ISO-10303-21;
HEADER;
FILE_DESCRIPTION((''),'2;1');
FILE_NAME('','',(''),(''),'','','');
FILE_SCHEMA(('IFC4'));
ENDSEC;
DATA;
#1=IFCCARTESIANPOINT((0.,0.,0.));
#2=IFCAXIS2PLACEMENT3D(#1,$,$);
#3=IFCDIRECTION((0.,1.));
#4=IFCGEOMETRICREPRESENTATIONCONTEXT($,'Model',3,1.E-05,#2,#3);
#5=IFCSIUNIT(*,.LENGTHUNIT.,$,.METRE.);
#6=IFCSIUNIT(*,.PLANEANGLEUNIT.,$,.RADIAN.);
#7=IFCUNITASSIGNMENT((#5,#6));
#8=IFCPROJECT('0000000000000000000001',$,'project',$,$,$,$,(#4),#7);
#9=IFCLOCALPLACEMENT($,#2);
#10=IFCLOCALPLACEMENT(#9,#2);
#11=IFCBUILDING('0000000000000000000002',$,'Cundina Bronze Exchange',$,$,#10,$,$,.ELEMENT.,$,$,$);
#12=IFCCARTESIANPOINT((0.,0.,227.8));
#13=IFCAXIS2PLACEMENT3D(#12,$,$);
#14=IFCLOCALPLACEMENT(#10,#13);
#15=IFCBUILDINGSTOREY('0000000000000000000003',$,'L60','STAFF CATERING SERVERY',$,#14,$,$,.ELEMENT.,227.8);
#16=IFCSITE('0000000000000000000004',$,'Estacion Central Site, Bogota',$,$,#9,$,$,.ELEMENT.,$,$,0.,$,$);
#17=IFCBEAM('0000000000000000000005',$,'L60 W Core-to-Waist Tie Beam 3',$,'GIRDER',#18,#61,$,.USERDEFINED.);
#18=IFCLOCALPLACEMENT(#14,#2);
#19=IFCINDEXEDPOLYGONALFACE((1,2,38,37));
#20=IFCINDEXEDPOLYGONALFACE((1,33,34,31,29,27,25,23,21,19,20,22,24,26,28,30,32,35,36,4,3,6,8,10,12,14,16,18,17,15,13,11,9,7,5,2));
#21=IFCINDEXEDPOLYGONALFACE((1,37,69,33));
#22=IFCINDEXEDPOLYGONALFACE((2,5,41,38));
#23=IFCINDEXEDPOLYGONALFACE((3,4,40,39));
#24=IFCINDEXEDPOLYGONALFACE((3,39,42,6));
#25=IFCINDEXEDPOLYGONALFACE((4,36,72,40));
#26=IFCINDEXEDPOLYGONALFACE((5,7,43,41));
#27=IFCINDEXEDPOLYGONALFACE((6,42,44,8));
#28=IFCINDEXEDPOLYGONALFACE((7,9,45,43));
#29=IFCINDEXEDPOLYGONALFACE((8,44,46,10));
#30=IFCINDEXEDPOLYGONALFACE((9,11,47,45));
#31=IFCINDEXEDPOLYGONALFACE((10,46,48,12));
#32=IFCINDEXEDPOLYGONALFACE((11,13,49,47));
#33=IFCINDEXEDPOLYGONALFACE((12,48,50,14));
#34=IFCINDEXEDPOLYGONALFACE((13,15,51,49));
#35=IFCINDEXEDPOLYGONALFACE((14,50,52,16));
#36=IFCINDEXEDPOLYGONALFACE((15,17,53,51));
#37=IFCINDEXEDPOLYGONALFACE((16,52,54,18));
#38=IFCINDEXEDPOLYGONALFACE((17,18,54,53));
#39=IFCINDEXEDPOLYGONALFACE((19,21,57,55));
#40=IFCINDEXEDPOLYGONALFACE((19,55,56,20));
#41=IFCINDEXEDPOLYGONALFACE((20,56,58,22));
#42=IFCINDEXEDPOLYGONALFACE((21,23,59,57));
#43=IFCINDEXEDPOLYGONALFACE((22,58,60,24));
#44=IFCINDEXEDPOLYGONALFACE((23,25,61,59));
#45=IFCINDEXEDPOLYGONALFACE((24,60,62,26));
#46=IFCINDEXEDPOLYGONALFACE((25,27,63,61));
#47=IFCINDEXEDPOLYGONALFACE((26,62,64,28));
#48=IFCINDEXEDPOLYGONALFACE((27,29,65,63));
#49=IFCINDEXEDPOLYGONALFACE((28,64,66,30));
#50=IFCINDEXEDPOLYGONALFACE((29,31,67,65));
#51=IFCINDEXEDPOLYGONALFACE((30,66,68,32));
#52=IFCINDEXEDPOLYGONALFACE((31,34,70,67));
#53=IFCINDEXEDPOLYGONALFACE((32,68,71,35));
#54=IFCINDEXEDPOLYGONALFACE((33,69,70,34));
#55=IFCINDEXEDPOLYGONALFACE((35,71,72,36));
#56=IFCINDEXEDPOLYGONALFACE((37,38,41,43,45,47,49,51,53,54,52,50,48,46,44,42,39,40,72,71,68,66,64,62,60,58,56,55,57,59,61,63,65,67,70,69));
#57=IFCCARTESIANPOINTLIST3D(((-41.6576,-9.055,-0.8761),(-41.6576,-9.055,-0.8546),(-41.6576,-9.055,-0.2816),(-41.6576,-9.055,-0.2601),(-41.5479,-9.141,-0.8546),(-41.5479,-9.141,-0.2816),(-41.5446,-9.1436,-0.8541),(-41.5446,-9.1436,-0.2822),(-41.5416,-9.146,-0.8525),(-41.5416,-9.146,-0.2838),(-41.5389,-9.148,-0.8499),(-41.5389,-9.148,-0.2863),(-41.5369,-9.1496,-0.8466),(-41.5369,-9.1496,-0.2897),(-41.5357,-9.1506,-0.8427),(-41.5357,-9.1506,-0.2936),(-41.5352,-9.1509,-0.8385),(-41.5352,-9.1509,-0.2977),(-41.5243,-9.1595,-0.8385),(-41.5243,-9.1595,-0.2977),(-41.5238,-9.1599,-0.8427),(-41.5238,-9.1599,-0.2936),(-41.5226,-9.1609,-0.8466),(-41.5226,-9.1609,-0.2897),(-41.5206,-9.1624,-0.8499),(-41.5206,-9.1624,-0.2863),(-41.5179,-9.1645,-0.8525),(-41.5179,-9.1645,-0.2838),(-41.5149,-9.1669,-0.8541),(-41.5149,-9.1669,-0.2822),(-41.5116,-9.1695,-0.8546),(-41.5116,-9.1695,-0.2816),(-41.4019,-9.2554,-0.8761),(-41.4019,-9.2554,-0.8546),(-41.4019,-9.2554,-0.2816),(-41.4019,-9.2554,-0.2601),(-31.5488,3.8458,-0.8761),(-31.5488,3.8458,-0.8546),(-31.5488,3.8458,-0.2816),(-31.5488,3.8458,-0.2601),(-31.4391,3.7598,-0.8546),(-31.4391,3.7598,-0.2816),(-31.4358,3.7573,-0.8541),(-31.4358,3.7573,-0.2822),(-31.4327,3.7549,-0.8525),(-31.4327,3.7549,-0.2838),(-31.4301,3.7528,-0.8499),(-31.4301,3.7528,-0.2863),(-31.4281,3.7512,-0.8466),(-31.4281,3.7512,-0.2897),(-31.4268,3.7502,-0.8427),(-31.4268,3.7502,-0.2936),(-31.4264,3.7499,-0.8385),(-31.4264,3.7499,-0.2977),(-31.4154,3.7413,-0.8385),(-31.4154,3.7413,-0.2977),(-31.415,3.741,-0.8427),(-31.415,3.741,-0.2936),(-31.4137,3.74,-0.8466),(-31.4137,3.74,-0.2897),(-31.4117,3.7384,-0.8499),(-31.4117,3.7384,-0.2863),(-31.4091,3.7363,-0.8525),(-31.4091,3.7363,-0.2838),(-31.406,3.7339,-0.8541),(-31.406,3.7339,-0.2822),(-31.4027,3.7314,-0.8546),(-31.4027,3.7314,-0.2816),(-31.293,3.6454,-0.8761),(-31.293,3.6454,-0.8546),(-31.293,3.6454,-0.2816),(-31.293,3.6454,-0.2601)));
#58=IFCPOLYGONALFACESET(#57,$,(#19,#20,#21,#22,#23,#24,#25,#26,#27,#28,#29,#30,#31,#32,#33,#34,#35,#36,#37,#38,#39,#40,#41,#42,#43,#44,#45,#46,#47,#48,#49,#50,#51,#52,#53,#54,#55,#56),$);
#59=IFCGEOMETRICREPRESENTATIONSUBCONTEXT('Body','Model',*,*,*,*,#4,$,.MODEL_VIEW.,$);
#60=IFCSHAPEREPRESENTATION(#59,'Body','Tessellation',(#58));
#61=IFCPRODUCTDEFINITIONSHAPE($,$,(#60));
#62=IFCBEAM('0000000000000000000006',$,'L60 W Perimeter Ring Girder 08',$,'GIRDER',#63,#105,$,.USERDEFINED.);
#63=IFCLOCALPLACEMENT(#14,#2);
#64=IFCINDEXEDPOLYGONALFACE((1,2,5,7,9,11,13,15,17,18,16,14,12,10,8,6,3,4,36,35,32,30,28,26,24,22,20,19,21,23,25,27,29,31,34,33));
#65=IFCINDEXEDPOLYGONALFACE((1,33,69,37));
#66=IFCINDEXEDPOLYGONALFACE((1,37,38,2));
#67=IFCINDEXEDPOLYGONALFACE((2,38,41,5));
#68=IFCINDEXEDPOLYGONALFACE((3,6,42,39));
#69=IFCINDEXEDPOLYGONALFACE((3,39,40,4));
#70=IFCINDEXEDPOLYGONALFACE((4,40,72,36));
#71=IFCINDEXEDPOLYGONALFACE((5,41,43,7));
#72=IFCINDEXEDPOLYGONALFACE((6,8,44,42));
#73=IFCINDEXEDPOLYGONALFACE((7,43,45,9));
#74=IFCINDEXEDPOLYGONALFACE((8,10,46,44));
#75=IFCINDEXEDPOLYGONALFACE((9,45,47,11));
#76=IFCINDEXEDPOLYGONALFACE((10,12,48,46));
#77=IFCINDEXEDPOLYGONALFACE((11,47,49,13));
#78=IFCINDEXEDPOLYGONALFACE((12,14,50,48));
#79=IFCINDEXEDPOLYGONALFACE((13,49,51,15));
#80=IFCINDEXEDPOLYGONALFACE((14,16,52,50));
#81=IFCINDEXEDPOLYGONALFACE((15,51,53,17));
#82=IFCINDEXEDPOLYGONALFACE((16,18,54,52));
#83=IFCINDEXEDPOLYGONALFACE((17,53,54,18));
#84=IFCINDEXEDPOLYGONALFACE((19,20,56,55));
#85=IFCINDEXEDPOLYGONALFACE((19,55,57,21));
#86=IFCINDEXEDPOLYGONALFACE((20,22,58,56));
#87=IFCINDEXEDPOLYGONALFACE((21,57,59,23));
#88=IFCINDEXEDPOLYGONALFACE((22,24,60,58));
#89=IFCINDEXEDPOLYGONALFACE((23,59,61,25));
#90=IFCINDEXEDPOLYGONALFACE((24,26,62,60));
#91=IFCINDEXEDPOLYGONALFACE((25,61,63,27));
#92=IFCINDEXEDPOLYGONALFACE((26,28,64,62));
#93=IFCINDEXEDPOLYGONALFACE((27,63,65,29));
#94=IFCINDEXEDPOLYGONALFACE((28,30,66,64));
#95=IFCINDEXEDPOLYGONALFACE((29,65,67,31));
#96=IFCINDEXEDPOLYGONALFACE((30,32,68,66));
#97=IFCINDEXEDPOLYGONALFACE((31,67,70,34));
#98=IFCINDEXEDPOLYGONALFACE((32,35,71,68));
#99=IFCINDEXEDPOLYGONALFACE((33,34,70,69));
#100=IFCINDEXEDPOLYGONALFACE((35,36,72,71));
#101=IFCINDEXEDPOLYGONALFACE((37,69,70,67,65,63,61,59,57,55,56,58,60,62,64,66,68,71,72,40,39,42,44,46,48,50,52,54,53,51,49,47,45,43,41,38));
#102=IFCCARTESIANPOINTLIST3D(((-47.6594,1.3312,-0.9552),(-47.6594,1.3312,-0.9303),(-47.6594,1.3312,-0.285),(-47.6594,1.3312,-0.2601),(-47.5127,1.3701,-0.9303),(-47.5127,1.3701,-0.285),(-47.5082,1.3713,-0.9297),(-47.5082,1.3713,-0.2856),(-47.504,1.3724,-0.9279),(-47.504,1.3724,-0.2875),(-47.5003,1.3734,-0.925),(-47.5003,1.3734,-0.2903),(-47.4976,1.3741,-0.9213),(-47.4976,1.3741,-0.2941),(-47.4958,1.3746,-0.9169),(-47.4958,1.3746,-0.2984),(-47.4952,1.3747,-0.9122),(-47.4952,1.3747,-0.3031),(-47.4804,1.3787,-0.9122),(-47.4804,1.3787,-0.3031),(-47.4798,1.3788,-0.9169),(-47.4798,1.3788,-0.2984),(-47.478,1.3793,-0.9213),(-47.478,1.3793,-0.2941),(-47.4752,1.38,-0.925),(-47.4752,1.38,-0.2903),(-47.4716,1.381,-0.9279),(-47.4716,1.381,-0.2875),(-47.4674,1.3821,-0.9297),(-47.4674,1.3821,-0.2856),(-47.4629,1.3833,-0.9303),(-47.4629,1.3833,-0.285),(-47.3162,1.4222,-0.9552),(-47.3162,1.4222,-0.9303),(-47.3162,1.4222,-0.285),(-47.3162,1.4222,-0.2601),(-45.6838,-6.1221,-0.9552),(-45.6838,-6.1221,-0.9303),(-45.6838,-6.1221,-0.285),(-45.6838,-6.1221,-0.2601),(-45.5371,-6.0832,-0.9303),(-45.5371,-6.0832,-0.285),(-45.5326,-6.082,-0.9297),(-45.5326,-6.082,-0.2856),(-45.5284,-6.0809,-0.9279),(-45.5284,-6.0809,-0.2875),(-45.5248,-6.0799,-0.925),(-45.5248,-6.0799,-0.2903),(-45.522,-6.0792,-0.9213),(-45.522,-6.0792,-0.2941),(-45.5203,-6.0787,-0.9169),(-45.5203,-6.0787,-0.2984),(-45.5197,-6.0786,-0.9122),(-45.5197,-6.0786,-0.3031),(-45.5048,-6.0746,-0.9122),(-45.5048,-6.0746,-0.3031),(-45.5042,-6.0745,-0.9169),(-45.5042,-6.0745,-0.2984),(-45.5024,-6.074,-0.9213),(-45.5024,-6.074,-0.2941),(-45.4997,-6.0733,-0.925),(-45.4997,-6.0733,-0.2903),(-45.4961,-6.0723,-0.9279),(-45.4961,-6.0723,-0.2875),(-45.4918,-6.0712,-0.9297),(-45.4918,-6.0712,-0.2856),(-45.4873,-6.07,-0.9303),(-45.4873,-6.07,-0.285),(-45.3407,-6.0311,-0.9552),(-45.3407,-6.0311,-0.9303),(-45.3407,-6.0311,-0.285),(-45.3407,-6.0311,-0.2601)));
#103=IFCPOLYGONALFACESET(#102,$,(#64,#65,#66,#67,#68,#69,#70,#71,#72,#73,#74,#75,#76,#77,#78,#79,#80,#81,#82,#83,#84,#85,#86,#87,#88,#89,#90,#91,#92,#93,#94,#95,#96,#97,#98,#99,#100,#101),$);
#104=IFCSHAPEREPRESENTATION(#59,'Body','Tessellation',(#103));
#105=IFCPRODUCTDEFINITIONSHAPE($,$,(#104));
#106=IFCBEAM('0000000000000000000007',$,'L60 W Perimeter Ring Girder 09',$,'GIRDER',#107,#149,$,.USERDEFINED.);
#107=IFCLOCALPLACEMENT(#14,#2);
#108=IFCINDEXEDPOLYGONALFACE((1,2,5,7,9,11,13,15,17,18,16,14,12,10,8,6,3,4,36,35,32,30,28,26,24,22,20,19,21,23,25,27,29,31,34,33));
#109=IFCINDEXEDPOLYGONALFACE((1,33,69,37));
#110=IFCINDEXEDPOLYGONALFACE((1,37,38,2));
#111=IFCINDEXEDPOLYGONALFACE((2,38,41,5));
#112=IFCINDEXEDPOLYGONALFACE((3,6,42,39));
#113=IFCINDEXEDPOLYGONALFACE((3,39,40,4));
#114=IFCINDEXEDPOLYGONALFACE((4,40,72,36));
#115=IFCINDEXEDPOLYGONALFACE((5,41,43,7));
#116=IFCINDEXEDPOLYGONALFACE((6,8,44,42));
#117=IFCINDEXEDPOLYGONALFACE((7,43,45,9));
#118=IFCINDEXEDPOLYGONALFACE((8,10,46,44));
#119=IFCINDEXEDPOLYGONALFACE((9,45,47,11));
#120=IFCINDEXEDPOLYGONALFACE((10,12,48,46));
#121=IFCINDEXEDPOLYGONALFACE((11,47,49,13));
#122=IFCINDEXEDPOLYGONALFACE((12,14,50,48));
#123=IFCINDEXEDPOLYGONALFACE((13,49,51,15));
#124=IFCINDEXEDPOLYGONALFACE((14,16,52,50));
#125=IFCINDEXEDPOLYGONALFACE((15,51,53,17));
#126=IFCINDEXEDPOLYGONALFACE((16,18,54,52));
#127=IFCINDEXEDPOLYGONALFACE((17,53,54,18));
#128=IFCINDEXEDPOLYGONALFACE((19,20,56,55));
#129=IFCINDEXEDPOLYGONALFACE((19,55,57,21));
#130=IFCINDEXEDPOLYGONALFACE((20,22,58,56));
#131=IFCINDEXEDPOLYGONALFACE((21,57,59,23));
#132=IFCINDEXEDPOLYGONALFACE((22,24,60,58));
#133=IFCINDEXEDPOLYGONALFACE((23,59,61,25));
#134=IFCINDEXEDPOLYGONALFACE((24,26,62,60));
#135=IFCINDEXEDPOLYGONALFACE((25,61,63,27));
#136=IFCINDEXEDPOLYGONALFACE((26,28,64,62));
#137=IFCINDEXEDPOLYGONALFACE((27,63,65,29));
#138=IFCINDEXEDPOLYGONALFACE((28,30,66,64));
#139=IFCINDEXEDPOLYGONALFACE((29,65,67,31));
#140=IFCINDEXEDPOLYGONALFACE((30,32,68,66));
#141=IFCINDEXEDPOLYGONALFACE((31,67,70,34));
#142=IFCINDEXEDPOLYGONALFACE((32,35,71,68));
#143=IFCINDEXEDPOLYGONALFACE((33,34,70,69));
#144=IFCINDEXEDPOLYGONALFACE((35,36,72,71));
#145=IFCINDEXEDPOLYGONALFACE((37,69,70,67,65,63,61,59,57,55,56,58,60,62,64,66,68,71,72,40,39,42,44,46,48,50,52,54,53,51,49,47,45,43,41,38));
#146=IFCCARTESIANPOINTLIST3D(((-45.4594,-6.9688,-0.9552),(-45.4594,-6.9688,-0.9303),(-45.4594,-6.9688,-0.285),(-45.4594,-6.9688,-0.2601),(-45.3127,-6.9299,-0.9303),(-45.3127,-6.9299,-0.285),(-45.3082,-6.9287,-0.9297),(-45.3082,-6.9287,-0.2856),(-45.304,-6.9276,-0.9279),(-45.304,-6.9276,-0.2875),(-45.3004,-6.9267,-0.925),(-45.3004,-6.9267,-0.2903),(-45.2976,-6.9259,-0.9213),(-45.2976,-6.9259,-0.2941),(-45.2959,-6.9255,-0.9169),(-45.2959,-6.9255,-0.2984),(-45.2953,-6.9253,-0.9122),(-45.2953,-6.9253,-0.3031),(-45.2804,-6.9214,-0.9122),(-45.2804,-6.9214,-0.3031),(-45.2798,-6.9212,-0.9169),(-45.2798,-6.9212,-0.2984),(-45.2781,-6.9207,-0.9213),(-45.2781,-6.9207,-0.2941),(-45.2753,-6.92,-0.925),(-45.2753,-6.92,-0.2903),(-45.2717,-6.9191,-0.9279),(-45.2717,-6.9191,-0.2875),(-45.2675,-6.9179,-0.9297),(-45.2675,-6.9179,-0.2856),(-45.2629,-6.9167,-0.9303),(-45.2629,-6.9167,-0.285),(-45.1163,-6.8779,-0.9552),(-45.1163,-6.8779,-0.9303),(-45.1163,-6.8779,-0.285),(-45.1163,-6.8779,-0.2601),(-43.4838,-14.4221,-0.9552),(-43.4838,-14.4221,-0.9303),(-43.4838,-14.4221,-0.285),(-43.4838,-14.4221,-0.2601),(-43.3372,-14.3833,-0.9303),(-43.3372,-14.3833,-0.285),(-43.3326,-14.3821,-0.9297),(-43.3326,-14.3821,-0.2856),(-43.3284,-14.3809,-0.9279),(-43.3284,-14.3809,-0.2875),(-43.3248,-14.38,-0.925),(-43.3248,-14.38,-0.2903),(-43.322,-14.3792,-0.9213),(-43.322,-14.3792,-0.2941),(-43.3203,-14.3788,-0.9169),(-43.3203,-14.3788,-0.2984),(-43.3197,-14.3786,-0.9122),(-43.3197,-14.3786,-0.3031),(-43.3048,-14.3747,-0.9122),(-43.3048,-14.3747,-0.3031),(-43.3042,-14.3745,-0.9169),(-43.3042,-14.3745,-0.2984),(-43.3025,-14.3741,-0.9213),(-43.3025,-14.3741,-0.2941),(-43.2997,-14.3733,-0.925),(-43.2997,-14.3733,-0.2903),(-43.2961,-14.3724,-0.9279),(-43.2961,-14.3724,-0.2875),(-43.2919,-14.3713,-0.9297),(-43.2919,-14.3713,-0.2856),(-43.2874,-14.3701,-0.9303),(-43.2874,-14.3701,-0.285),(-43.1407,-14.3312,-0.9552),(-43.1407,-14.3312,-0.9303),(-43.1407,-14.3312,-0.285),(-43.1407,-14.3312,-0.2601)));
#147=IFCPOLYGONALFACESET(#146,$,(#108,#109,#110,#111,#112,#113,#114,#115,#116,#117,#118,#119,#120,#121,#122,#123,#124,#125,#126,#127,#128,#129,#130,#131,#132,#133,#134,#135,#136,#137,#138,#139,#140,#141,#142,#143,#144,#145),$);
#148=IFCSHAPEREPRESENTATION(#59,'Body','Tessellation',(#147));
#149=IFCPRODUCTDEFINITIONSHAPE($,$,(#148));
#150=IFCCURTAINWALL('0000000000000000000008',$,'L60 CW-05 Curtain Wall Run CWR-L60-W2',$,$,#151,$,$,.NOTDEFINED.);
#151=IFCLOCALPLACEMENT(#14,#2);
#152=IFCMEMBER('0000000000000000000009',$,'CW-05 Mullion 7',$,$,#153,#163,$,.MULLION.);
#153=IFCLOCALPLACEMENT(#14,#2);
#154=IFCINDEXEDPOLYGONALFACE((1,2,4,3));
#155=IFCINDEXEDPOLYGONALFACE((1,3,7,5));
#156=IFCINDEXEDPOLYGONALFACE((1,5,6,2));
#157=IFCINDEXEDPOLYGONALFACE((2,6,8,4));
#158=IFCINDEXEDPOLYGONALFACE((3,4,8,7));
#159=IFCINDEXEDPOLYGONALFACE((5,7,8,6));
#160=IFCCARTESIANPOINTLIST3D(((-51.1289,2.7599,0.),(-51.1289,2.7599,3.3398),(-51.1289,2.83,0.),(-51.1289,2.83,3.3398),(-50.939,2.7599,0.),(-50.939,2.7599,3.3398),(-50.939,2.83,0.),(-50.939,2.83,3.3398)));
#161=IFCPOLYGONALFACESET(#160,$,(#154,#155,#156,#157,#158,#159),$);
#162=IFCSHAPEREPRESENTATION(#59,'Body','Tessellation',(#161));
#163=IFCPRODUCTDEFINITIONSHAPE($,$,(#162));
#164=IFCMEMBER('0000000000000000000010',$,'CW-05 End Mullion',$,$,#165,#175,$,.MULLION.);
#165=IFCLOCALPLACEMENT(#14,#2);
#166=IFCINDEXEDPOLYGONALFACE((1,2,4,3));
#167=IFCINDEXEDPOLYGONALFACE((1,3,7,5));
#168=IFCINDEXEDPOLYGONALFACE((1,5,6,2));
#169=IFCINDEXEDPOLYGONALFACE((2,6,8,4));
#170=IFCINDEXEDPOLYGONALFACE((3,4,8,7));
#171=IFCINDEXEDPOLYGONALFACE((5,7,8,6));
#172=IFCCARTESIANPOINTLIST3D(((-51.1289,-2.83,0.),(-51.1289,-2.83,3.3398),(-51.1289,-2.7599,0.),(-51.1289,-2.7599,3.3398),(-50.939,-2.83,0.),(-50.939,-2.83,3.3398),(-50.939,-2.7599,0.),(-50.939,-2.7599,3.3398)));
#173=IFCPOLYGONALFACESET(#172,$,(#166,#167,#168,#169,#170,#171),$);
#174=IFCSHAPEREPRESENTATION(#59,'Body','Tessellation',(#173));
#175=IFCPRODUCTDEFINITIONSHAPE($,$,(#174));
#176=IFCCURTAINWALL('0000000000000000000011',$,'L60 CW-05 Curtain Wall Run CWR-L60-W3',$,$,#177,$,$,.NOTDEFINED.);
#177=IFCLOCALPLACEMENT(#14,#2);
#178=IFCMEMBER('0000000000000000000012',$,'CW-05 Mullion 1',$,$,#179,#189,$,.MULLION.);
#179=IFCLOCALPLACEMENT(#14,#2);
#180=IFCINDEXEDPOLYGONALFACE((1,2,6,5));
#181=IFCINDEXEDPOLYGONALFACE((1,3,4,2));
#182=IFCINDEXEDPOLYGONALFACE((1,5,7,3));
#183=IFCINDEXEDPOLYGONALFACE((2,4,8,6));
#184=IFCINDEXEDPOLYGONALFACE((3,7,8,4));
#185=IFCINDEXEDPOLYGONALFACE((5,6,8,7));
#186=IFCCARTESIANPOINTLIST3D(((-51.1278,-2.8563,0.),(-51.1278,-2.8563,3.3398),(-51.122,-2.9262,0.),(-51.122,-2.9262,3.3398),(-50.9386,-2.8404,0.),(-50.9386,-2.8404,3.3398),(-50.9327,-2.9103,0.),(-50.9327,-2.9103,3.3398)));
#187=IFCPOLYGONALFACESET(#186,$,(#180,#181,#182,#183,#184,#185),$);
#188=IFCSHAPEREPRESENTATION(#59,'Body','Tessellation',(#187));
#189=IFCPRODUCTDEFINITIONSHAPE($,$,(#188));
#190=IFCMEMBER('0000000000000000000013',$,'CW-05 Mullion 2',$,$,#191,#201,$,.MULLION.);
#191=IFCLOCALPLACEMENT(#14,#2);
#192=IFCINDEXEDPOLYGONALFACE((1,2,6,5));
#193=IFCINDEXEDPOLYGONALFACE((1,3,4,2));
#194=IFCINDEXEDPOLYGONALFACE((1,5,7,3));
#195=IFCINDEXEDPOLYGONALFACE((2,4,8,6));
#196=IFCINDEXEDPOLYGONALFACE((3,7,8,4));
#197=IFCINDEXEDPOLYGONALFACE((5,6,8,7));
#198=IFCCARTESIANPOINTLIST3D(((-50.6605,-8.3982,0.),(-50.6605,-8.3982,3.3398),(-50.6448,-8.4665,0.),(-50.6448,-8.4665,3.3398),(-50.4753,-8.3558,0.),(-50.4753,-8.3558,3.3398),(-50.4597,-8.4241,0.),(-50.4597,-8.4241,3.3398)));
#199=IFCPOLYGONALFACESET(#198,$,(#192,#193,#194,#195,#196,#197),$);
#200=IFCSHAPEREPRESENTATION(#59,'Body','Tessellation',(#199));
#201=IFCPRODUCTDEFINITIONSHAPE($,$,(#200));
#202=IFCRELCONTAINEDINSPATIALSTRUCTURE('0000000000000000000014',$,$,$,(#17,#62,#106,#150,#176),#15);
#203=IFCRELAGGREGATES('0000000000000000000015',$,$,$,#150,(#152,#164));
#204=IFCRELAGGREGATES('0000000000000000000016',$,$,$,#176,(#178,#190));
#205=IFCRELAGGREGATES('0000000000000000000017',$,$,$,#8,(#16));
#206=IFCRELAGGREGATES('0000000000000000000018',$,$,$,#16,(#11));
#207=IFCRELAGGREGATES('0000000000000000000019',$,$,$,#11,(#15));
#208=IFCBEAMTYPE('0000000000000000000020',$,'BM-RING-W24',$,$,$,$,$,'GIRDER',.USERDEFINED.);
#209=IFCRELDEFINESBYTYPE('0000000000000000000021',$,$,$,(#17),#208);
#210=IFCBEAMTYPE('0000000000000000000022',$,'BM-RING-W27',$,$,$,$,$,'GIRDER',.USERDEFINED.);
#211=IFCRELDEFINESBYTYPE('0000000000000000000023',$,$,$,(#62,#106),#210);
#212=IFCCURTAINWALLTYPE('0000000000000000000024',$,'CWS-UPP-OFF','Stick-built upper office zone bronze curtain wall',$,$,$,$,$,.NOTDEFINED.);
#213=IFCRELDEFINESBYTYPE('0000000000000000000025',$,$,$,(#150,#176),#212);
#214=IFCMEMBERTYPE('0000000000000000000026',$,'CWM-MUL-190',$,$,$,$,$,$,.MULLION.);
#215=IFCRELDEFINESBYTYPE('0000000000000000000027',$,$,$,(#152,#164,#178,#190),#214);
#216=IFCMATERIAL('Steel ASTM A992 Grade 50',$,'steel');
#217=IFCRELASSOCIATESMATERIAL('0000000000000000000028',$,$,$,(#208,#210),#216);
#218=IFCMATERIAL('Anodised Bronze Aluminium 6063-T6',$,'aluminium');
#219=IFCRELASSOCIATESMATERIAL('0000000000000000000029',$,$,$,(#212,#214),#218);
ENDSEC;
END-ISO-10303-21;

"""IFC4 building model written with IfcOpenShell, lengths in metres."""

from ifc_helpers import new_model, si_unit, direction, frame, origin, origin_2d, place, context, subcontext, project, spatial, rectangle, i_section, extrude, material, material_profile, profile_set, type_object, element, aggregate, save


model = new_model("IFC4")

# Units and contexts
model_context = context("Model", 3, precision=1e-05, world=origin(), true_north=direction((0.0, 1.0)))
body_context = subcontext(model_context, "Body", "Model", "MODEL_VIEW")
ifc_project = project(units=[si_unit("LENGTHUNIT", "METRE"), si_unit("PLANEANGLEUNIT", "RADIAN")], contexts=[model_context])

# Site, building, storey
site_placement = place(None, origin())
site = spatial("IfcSite", under=ifc_project, at=site_placement, Name="Estacion Central Site, Bogota", CompositionType="ELEMENT", RefElevation=0.0)
building_placement = place(site_placement, origin())
building = spatial("IfcBuilding", under=site, at=building_placement, Name="Cundina Bronze Exchange", CompositionType="ELEMENT")
storey_placement = place(building_placement, frame((0.0, 0.0, 227.8)))
storey = spatial("IfcBuildingStorey", under=building, at=storey_placement, Name="L60", Description="STAFF CATERING SERVERY", CompositionType="ELEMENT", Elevation=227.8)

# Beams
ifc_material_1 = material(Name="Steel ASTM A992 Grade 50", Category="steel")
ifc_material_profile_1 = material_profile(ifc_material_1, i_section(OverallWidth=0.325, OverallDepth=0.616, WebThickness=0.0139, FlangeThickness=0.0215, FilletRadius=0.0161, at=origin_2d()), Name="W24X117", Category="steel")
ifc_profile_set_1 = profile_set([ifc_material_profile_1], Name="Steel ASTM A992 Grade 50")
beam_type_1 = type_object("IfcBeamType", Name="BM-RING-W24", ElementType="GIRDER", PredefinedType="USERDEFINED", material=ifc_profile_set_1)
beam_1_placement = place(storey_placement, frame((-31.4209, 3.7456, -0.5681), z_axis=(-0.616783, -0.787133, 0.0), x_axis=(0.787133, -0.616783, 0.0)))
element("IfcBeam", 1, at=beam_1_placement, inside=storey, type_object=beam_type_1, Name="L60 W Core-to-Waist Tie Beam 3", ObjectType="GIRDER", PredefinedType="USERDEFINED", context=body_context, shape_type="SweptSolid", body=[
    extrude(i_section(OverallWidth=0.325, OverallDepth=0.616, WebThickness=0.0139, FlangeThickness=0.0215, FilletRadius=0.0161, at=origin_2d()), origin(), (0.0, 0.0, 1.0), 16.3896),
])
ifc_material_profile_2 = material_profile(ifc_material_1, i_section(OverallWidth=0.355, OverallDepth=0.6951, WebThickness=0.0154, FlangeThickness=0.0249, FilletRadius=0.0181, at=origin_2d()), Name="W27X146", Category="steel")
ifc_profile_set_2 = profile_set([ifc_material_profile_2], Name="Steel ASTM A992 Grade 50")
beam_type_2 = type_object("IfcBeamType", Name="BM-RING-W27", ElementType="GIRDER", PredefinedType="USERDEFINED", material=ifc_profile_set_2)
for number, where, z_axis, x_axis, name in (
    (2, (-47.4878, 1.3767, -0.6077), (0.256212, -0.966621, 0.0), (0.966621, 0.256212, 0.0), "L60 W Perimeter Ring Girder 08"),
    (3, (-45.2878, -6.9233, -0.6077), (0.256212, -0.966621, 0.0), (0.966621, 0.256212, 0.0), "L60 W Perimeter Ring Girder 09"),
):
    element("IfcBeam", number, at=place(storey_placement, frame(where, z_axis=z_axis, x_axis=x_axis)), inside=storey, type_object=beam_type_2, Name=name, ObjectType="GIRDER", PredefinedType="USERDEFINED", context=body_context, shape_type="SweptSolid", body=[
        extrude(i_section(OverallWidth=0.355, OverallDepth=0.6951, WebThickness=0.0154, FlangeThickness=0.0249, FilletRadius=0.0181, at=origin_2d()), origin(), (0.0, 0.0, 1.0), 7.7107),
    ])

# Curtain walls, members
ifc_material_2 = material(Name="Anodised Bronze Aluminium 6063-T6", Category="aluminium")
curtain_wall_type = type_object("IfcCurtainWallType", Name="CWS-UPP-OFF", Description="Stick-built upper office zone bronze curtain wall", PredefinedType="NOTDEFINED", material=ifc_material_2)
curtain_wall_1_placement = place(storey_placement, origin())
curtain_wall_1 = element("IfcCurtainWall", 4, at=curtain_wall_1_placement, inside=storey, type_object=curtain_wall_type, Name="L60 CW-05 Curtain Wall Run CWR-L60-W2", PredefinedType="NOTDEFINED")
ifc_material_profile_3 = material_profile(ifc_material_2, rectangle(XDim=0.0701, YDim=0.1899, at=origin_2d()), Name="AL70X190", Category="aluminium")
ifc_profile_set_3 = profile_set([ifc_material_profile_3], Name="Anodised Bronze Aluminium 6063-T6")
member_type_1 = type_object("IfcMemberType", Name="CWM-MUL-190", PredefinedType="MULLION", material=ifc_profile_set_3)
member_1_placement = place(storey_placement, frame((-51.0339, 2.7949, 0.0), z_axis=(0.0, 0.0, 1.0), x_axis=(0.0, -1.0, 0.0)))
member_1 = element("IfcMember", 5, at=member_1_placement, type_object=member_type_1, Name="CW-05 Mullion 7", PredefinedType="MULLION", context=body_context, shape_type="SweptSolid", body=[
    extrude(rectangle(XDim=0.0701, YDim=0.1899, at=origin_2d()), origin(), (0.0, 0.0, 1.0), 3.3398),
])
member_2_placement = place(storey_placement, frame((-51.0339, -2.7949, 0.0), z_axis=(0.0, 0.0, 1.0), x_axis=(0.0, -1.0, 0.0)))
member_2 = element("IfcMember", 6, at=member_2_placement, type_object=member_type_1, Name="CW-05 End Mullion", PredefinedType="MULLION", context=body_context, shape_type="SweptSolid", body=[
    extrude(rectangle(XDim=0.0701, YDim=0.1899, at=origin_2d()), origin(), (0.0, 0.0, 1.0), 3.3398),
])
curtain_wall_2_placement = place(storey_placement, origin())
curtain_wall_2 = element("IfcCurtainWall", 7, at=curtain_wall_2_placement, inside=storey, type_object=curtain_wall_type, Name="L60 CW-05 Curtain Wall Run CWR-L60-W3", PredefinedType="NOTDEFINED")
member_3_placement = place(storey_placement, frame((-51.0303, -2.8833, 0.0), z_axis=(0.0, 0.0, 1.0), x_axis=(0.083678, -0.996493, 0.0)))
member_3 = element("IfcMember", 8, at=member_3_placement, type_object=member_type_1, Name="CW-05 Mullion 1", PredefinedType="MULLION", context=body_context, shape_type="SweptSolid", body=[
    extrude(rectangle(XDim=0.0701, YDim=0.1899, at=origin_2d()), origin(), (0.0, 0.0, 1.0), 3.3398),
])
member_4_placement = place(storey_placement, frame((-50.5601, -8.4111, 0.0), z_axis=(0.0, 0.0, 1.0), x_axis=(0.22325, -0.974761, 0.0)))
member_4 = element("IfcMember", 9, at=member_4_placement, type_object=member_type_1, Name="CW-05 Mullion 2", PredefinedType="MULLION", context=body_context, shape_type="SweptSolid", body=[
    extrude(rectangle(XDim=0.0701, YDim=0.1899, at=origin_2d()), origin(), (0.0, 0.0, 1.0), 3.3398),
])

aggregate(curtain_wall_1, [member_1, member_2])
aggregate(curtain_wall_2, [member_3, member_4])

save(model, "model.ifc")
